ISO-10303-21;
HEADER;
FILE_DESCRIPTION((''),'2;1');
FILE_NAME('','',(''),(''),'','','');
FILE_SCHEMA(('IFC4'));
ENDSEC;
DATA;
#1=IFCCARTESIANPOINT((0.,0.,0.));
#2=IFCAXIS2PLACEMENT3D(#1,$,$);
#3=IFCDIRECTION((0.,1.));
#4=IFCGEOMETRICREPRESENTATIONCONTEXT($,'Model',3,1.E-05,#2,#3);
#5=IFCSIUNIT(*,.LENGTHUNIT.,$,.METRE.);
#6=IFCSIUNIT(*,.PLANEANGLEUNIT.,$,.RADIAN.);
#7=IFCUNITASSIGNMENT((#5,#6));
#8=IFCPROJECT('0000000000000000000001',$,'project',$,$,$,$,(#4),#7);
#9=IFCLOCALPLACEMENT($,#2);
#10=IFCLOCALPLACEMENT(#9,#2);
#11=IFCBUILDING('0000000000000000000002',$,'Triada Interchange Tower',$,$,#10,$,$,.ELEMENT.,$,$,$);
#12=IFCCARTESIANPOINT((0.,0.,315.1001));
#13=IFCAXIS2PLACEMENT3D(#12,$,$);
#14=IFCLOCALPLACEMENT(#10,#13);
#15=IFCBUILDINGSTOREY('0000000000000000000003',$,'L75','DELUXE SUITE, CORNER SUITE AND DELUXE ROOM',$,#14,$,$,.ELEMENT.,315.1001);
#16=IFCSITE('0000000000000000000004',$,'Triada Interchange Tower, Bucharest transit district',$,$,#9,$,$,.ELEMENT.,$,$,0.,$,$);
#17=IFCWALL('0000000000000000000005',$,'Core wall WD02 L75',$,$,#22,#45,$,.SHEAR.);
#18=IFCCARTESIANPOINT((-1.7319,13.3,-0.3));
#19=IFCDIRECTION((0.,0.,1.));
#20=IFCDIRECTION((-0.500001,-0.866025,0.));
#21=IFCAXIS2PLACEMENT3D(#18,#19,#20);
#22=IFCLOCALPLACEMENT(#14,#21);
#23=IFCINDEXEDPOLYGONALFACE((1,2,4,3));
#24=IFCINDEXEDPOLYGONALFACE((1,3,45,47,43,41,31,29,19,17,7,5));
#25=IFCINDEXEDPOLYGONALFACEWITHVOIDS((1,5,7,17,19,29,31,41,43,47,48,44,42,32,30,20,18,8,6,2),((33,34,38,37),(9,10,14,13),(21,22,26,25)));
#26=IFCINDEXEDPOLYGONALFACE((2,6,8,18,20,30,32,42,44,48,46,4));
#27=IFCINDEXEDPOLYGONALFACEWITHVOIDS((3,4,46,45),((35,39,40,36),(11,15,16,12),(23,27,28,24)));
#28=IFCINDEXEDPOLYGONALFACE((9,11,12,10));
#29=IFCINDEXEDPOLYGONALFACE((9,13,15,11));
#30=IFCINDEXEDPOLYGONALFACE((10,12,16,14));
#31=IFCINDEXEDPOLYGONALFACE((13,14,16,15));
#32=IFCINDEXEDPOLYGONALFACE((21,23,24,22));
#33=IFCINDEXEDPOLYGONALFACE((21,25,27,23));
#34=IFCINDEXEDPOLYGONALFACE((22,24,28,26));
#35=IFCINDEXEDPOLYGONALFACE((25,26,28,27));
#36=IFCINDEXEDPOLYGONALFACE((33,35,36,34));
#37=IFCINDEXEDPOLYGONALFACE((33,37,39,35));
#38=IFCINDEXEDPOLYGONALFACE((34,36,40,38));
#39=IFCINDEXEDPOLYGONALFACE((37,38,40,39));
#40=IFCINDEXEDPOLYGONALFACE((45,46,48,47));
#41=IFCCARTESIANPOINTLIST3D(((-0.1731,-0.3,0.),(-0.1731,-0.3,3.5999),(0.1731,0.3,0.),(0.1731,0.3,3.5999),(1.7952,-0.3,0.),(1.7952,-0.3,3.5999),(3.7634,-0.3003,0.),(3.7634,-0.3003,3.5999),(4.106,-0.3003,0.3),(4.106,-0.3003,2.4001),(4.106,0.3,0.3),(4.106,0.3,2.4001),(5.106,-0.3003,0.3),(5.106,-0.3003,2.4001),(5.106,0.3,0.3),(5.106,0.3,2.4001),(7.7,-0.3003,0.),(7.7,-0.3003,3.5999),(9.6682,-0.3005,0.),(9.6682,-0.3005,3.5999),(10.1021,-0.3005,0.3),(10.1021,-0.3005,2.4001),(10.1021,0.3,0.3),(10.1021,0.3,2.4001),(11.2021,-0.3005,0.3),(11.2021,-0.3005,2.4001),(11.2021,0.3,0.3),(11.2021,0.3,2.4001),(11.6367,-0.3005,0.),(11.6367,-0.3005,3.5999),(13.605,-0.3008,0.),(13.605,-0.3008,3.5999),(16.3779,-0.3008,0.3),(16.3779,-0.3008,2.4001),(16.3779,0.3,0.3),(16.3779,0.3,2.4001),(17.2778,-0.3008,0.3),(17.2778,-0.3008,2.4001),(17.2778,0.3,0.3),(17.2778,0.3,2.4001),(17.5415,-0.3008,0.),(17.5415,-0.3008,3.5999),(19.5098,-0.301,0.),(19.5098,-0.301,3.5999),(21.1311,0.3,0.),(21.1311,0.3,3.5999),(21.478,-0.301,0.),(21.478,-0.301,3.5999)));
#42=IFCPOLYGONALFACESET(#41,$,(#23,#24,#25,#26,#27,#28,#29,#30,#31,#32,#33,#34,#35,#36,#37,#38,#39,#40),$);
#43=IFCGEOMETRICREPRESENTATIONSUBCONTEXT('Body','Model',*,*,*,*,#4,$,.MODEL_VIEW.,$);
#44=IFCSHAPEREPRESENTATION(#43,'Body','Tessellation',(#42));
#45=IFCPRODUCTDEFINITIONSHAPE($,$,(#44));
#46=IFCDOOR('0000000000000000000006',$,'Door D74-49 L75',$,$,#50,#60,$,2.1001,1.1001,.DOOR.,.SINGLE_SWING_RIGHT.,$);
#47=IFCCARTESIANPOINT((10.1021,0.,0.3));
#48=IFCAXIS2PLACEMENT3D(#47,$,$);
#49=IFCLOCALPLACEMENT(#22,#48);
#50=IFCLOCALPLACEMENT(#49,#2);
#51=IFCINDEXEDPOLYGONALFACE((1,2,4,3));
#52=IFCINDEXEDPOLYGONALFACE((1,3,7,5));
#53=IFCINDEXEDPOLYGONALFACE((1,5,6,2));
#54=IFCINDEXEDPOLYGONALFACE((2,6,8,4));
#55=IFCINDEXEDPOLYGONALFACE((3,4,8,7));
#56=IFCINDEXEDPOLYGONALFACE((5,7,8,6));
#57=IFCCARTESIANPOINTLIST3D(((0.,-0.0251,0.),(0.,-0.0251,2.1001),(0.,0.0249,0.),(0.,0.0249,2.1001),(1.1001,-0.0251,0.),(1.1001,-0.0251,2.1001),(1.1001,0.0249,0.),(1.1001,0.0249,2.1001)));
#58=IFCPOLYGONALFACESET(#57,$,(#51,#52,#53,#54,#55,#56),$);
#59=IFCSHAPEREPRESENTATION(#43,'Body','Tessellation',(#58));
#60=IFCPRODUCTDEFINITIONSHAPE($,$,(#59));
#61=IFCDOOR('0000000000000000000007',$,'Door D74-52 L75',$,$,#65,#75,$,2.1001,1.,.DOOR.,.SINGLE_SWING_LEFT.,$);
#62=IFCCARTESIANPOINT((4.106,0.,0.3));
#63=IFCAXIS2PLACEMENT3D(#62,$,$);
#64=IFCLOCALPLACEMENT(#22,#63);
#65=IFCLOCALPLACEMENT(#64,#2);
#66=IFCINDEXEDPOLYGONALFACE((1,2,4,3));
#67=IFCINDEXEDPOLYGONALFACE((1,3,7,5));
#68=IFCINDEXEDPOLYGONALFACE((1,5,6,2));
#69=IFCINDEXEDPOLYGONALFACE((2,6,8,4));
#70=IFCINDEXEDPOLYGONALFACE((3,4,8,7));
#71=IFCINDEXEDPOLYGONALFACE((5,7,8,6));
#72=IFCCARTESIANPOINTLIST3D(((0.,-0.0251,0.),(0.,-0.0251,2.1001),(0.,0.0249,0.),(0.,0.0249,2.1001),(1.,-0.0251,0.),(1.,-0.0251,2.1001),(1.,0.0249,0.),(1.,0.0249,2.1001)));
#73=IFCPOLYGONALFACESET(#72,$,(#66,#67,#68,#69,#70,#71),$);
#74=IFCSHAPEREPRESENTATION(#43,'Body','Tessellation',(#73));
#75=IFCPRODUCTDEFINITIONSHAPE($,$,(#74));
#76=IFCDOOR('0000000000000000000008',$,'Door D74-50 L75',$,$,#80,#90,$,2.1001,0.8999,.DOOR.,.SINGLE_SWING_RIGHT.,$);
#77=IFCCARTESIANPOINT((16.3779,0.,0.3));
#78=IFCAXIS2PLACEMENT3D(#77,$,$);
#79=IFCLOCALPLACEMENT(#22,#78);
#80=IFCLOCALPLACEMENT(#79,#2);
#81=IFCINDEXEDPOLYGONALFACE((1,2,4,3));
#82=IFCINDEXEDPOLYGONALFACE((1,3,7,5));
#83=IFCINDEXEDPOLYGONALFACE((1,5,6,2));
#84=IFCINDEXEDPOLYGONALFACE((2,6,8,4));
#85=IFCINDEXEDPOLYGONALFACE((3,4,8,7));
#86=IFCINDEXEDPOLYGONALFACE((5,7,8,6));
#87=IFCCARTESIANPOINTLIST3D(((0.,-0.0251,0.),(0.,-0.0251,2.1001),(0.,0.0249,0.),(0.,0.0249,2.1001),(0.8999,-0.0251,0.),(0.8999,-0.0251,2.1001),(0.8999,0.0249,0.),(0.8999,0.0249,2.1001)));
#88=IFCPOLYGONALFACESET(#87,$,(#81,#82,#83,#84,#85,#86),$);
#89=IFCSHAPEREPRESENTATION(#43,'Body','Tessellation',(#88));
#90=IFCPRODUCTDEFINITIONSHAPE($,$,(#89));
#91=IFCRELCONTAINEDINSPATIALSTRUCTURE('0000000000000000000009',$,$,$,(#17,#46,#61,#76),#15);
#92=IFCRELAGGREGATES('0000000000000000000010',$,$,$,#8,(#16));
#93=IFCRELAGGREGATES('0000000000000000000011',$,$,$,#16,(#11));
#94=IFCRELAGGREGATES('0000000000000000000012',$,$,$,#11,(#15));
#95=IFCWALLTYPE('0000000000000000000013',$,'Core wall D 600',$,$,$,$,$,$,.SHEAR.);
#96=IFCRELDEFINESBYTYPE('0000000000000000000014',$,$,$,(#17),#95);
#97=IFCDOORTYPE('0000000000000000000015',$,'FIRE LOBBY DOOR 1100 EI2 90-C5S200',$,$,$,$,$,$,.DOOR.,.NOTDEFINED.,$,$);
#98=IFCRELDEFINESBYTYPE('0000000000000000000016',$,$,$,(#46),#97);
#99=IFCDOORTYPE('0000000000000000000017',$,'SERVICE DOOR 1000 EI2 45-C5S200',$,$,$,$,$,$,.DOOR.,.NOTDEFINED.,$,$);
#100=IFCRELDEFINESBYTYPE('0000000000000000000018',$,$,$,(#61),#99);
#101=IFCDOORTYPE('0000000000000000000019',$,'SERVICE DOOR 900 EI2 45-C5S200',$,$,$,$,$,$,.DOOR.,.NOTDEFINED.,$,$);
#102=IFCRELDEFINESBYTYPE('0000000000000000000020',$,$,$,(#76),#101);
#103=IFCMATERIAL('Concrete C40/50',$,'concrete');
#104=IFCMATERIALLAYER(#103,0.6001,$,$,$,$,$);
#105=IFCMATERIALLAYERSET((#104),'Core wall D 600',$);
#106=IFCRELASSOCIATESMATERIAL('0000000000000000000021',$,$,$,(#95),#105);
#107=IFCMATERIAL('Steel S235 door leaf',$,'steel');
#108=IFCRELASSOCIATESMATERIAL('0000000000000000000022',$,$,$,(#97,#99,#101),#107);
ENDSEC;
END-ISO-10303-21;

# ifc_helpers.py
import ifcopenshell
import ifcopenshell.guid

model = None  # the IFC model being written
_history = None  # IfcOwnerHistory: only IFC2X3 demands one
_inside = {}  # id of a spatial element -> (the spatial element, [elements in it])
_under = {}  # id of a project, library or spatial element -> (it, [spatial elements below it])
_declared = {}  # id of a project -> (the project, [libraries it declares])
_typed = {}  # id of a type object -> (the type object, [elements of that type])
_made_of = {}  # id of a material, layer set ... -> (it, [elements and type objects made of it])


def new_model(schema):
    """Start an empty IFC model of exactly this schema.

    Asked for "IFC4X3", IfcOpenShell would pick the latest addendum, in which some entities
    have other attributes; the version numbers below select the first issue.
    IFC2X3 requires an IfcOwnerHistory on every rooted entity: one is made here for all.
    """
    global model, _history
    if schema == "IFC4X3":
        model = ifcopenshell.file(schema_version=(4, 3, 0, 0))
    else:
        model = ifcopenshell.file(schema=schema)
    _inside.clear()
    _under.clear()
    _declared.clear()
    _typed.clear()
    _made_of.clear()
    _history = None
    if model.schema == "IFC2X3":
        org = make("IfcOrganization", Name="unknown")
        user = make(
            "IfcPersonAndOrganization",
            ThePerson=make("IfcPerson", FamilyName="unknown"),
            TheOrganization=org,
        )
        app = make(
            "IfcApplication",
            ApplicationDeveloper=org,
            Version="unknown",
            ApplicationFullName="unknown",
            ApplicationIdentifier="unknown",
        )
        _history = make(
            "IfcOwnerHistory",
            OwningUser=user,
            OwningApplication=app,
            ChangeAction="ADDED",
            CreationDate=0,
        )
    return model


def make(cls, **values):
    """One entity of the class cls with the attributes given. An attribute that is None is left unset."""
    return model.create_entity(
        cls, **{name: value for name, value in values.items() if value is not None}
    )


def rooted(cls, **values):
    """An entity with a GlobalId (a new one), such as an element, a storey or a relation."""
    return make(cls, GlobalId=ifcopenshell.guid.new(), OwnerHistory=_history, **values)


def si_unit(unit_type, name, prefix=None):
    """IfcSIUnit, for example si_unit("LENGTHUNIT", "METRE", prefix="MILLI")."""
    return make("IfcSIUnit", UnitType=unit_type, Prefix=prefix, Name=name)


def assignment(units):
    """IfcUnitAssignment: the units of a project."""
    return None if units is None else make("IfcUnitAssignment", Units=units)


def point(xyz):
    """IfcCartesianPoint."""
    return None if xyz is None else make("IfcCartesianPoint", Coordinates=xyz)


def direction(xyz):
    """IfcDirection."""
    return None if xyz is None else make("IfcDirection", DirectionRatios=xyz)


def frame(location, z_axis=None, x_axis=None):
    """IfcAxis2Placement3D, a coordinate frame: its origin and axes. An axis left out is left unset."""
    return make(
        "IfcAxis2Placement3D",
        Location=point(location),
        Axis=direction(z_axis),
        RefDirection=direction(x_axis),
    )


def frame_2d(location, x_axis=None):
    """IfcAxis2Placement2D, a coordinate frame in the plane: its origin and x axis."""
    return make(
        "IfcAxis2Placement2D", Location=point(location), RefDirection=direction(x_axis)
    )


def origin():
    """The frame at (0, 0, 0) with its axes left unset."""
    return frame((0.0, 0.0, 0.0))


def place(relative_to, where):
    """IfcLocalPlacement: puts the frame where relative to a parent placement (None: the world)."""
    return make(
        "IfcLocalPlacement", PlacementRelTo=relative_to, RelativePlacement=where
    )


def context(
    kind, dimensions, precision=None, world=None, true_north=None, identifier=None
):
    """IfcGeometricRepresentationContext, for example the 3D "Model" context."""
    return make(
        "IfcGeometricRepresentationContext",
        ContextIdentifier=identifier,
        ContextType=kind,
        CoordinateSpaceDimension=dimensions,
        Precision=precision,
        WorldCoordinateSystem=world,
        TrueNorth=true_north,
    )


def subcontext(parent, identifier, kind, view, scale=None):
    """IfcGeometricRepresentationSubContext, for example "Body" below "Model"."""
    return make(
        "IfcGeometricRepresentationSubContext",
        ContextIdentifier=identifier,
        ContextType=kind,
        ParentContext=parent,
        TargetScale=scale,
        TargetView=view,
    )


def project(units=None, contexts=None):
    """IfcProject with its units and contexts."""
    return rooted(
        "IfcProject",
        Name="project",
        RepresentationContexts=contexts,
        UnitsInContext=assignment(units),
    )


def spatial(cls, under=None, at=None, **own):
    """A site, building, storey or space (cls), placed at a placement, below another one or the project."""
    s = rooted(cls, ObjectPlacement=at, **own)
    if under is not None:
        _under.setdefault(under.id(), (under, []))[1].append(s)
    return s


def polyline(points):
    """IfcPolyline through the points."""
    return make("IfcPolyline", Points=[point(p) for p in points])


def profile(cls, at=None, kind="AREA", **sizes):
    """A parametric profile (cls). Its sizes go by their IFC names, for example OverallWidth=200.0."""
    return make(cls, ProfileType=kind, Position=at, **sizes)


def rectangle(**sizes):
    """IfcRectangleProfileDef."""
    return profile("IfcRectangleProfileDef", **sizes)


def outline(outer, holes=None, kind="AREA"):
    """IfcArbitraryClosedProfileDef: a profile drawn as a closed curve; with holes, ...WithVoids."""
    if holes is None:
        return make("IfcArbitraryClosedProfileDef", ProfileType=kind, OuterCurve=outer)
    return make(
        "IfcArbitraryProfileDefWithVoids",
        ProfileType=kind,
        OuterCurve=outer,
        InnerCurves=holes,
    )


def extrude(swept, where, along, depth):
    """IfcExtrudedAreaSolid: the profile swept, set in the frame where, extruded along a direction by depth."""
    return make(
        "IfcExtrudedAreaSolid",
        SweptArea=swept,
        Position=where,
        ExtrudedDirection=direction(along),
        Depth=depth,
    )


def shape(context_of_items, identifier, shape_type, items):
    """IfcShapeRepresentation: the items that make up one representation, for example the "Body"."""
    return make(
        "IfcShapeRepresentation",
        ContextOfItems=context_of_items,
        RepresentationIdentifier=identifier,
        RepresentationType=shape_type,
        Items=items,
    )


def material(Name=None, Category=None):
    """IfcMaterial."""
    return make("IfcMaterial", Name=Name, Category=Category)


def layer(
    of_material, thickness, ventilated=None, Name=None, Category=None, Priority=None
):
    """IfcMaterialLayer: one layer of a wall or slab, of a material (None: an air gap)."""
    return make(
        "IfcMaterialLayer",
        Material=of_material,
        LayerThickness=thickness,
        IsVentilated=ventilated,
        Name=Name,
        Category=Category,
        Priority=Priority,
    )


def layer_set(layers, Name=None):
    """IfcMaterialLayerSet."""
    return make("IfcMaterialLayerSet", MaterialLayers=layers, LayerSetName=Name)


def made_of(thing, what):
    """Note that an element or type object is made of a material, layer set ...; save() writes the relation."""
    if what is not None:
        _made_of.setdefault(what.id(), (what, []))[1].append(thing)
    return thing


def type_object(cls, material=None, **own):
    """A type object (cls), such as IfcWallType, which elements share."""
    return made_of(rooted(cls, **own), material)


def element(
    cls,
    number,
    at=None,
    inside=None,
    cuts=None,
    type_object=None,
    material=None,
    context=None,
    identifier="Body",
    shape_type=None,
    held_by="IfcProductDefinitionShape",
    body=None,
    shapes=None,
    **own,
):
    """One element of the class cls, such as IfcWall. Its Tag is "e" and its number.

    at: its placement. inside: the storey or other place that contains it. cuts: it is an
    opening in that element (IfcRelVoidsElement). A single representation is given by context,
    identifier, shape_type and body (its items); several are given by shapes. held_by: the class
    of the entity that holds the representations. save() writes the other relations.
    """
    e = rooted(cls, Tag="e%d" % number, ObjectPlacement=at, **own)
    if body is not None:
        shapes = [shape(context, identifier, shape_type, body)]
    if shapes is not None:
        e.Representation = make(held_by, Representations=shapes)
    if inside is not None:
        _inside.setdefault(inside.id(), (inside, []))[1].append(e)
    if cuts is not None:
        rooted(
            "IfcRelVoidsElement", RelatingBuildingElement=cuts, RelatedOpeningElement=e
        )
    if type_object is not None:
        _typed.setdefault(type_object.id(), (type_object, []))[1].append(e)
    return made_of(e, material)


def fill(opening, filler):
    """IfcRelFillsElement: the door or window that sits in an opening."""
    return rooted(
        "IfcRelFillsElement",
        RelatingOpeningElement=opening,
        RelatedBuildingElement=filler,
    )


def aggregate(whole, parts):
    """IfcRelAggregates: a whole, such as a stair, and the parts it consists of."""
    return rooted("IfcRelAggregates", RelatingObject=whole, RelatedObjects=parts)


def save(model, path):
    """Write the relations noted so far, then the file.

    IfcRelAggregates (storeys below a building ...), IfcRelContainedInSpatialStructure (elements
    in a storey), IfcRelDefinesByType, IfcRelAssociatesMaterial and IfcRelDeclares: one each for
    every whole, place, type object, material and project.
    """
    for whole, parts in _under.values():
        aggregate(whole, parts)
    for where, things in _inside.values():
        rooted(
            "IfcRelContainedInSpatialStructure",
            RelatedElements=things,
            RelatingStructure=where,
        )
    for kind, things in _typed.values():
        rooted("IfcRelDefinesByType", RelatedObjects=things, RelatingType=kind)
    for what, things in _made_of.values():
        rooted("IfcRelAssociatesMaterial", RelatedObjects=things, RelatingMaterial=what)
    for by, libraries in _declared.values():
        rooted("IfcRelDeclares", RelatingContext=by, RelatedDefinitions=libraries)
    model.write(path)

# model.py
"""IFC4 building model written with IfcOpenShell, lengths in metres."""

from ifc_helpers import new_model, si_unit, direction, frame, frame_2d, origin, place, context, subcontext, project, spatial, polyline, rectangle, outline, extrude, material, layer, layer_set, type_object, element, fill, save


model = new_model("IFC4")

# Units and contexts
model_context = context("Model", 3, precision=1e-05, world=origin(), true_north=direction((0.0, 1.0)))
body_context = subcontext(model_context, "Body", "Model", "MODEL_VIEW")
ifc_project = project(units=[si_unit("LENGTHUNIT", "METRE"), si_unit("PLANEANGLEUNIT", "RADIAN")], contexts=[model_context])

# Site, building, storey
site_placement = place(None, origin())
site = spatial("IfcSite", under=ifc_project, at=site_placement, Name="Triada Interchange Tower, Bucharest transit district", CompositionType="ELEMENT", RefElevation=0.0)
building_placement = place(site_placement, origin())
building = spatial("IfcBuilding", under=site, at=building_placement, Name="Triada Interchange Tower", CompositionType="ELEMENT")
storey_placement = place(building_placement, frame((0.0, 0.0, 315.1001)))
storey = spatial("IfcBuildingStorey", under=building, at=storey_placement, Name="L75", Description="DELUXE SUITE, CORNER SUITE AND DELUXE ROOM", CompositionType="ELEMENT", Elevation=315.1001)

# Shared definitions
ifc_material_1 = material(Name="Concrete C40/50", Category="concrete")

# Wall, openings, doors
ifc_layer_1 = layer(ifc_material_1, 0.6001)
ifc_layer_set_1 = layer_set([ifc_layer_1], Name="Core wall D 600")
wall_type_1 = type_object("IfcWallType", Name="Core wall D 600", PredefinedType="SHEAR", material=ifc_layer_set_1)
wall_1_placement = place(storey_placement, frame((-1.7319, 13.3, -0.3), z_axis=(0.0, 0.0, 1.0), x_axis=(-0.500001, -0.866025, 0.0)))
wall_1 = element("IfcWall", 1, at=wall_1_placement, inside=storey, type_object=wall_type_1, Name="Core wall WD02 L75", PredefinedType="SHEAR", context=body_context, shape_type="SweptSolid", body=[
    extrude(outline(polyline([(-0.1731, -0.3), (1.7952, -0.3), (3.7634, -0.3003), (5.7317, -0.3003), (7.7, -0.3003), (9.6682, -0.3005), (11.6367, -0.3005), (13.605, -0.3008), (15.5732, -0.3008), (17.5415, -0.3008), (19.5098, -0.301), (21.478, -0.301), (21.1311, 0.3), (19.2258, 0.3), (17.3206, 0.3), (15.4153, 0.3), (13.51, 0.3), (11.6047, 0.3), (9.6995, 0.3), (7.7942, 0.3), (5.8889, 0.3), (3.9836, 0.3), (2.0784, 0.3), (0.1731, 0.3), (-0.1731, -0.3)])), origin(), (0.0, 0.0, 1.0), 3.5999),
])
opening_1_placement = place(wall_1_placement, frame((10.1021, 0.0, 0.3)))
opening_1 = element("IfcOpeningElement", 2, at=opening_1_placement, cuts=wall_1, PredefinedType="OPENING", context=body_context, shape_type="SweptSolid", body=[
    extrude(rectangle(XDim=1.1001, YDim=2.1001, at=frame_2d((0.55, 1.05))), frame((0.0, 0.3101, 0.0), z_axis=(0.0, -1.0, 0.0), x_axis=(1.0, 0.0, 0.0)), (0.0, 0.0, 1.0), 0.6211),
])
opening_2_placement = place(wall_1_placement, frame((16.3779, 0.0, 0.3)))
opening_2 = element("IfcOpeningElement", 3, at=opening_2_placement, cuts=wall_1, PredefinedType="OPENING", context=body_context, shape_type="SweptSolid", body=[
    extrude(rectangle(XDim=0.8999, YDim=2.1001, at=frame_2d((0.45, 1.05))), frame((0.0, 0.3101, 0.0), z_axis=(0.0, -1.0, 0.0), x_axis=(1.0, 0.0, 0.0)), (0.0, 0.0, 1.0), 0.6211),
])
opening_3_placement = place(wall_1_placement, frame((4.106, 0.0, 0.3)))
opening_3 = element("IfcOpeningElement", 4, at=opening_3_placement, cuts=wall_1, PredefinedType="OPENING", context=body_context, shape_type="SweptSolid", body=[
    extrude(rectangle(XDim=1.0, YDim=2.1001, at=frame_2d((0.5, 1.05))), frame((0.0, 0.3101, 0.0), z_axis=(0.0, -1.0, 0.0), x_axis=(1.0, 0.0, 0.0)), (0.0, 0.0, 1.0), 0.6211),
])
ifc_material_2 = material(Name="Steel S235 door leaf", Category="steel")
door_type_1 = type_object("IfcDoorType", Name="FIRE LOBBY DOOR 1100 EI2 90-C5S200", OperationType="NOTDEFINED", PredefinedType="DOOR", material=ifc_material_2)
door_1_placement = place(opening_1_placement, origin())
door_1 = element("IfcDoor", 5, at=door_1_placement, inside=storey, type_object=door_type_1, Name="Door D74-49 L75", OperationType="SINGLE_SWING_RIGHT", OverallHeight=2.1001, OverallWidth=1.1001, PredefinedType="DOOR", context=body_context, shape_type="SweptSolid", body=[
    extrude(rectangle(XDim=1.1001, YDim=2.1001, at=frame_2d((0.55, 1.05))), frame((0.0, 0.0249, 0.0), z_axis=(0.0, -1.0, 0.0), x_axis=(1.0, 0.0, 0.0)), (0.0, 0.0, 1.0), 0.05),
])
fill(opening_1, door_1)
door_type_2 = type_object("IfcDoorType", Name="SERVICE DOOR 1000 EI2 45-C5S200", OperationType="NOTDEFINED", PredefinedType="DOOR", material=ifc_material_2)
door_2_placement = place(opening_3_placement, origin())
door_2 = element("IfcDoor", 6, at=door_2_placement, inside=storey, type_object=door_type_2, Name="Door D74-52 L75", OperationType="SINGLE_SWING_LEFT", OverallHeight=2.1001, OverallWidth=1.0, PredefinedType="DOOR", context=body_context, shape_type="SweptSolid", body=[
    extrude(rectangle(XDim=1.0, YDim=2.1001, at=frame_2d((0.5, 1.05))), frame((0.0, 0.0249, 0.0), z_axis=(0.0, -1.0, 0.0), x_axis=(1.0, 0.0, 0.0)), (0.0, 0.0, 1.0), 0.05),
])
fill(opening_3, door_2)
door_type_3 = type_object("IfcDoorType", Name="SERVICE DOOR 900 EI2 45-C5S200", OperationType="NOTDEFINED", PredefinedType="DOOR", material=ifc_material_2)
door_3_placement = place(opening_2_placement, origin())
door_3 = element("IfcDoor", 7, at=door_3_placement, inside=storey, type_object=door_type_3, Name="Door D74-50 L75", OperationType="SINGLE_SWING_RIGHT", OverallHeight=2.1001, OverallWidth=0.8999, PredefinedType="DOOR", context=body_context, shape_type="SweptSolid", body=[
    extrude(rectangle(XDim=0.8999, YDim=2.1001, at=frame_2d((0.45, 1.05))), frame((0.0, 0.0249, 0.0), z_axis=(0.0, -1.0, 0.0), x_axis=(1.0, 0.0, 0.0)), (0.0, 0.0, 1.0), 0.05),
])
fill(opening_2, door_3)

save(model, "model.ifc")
